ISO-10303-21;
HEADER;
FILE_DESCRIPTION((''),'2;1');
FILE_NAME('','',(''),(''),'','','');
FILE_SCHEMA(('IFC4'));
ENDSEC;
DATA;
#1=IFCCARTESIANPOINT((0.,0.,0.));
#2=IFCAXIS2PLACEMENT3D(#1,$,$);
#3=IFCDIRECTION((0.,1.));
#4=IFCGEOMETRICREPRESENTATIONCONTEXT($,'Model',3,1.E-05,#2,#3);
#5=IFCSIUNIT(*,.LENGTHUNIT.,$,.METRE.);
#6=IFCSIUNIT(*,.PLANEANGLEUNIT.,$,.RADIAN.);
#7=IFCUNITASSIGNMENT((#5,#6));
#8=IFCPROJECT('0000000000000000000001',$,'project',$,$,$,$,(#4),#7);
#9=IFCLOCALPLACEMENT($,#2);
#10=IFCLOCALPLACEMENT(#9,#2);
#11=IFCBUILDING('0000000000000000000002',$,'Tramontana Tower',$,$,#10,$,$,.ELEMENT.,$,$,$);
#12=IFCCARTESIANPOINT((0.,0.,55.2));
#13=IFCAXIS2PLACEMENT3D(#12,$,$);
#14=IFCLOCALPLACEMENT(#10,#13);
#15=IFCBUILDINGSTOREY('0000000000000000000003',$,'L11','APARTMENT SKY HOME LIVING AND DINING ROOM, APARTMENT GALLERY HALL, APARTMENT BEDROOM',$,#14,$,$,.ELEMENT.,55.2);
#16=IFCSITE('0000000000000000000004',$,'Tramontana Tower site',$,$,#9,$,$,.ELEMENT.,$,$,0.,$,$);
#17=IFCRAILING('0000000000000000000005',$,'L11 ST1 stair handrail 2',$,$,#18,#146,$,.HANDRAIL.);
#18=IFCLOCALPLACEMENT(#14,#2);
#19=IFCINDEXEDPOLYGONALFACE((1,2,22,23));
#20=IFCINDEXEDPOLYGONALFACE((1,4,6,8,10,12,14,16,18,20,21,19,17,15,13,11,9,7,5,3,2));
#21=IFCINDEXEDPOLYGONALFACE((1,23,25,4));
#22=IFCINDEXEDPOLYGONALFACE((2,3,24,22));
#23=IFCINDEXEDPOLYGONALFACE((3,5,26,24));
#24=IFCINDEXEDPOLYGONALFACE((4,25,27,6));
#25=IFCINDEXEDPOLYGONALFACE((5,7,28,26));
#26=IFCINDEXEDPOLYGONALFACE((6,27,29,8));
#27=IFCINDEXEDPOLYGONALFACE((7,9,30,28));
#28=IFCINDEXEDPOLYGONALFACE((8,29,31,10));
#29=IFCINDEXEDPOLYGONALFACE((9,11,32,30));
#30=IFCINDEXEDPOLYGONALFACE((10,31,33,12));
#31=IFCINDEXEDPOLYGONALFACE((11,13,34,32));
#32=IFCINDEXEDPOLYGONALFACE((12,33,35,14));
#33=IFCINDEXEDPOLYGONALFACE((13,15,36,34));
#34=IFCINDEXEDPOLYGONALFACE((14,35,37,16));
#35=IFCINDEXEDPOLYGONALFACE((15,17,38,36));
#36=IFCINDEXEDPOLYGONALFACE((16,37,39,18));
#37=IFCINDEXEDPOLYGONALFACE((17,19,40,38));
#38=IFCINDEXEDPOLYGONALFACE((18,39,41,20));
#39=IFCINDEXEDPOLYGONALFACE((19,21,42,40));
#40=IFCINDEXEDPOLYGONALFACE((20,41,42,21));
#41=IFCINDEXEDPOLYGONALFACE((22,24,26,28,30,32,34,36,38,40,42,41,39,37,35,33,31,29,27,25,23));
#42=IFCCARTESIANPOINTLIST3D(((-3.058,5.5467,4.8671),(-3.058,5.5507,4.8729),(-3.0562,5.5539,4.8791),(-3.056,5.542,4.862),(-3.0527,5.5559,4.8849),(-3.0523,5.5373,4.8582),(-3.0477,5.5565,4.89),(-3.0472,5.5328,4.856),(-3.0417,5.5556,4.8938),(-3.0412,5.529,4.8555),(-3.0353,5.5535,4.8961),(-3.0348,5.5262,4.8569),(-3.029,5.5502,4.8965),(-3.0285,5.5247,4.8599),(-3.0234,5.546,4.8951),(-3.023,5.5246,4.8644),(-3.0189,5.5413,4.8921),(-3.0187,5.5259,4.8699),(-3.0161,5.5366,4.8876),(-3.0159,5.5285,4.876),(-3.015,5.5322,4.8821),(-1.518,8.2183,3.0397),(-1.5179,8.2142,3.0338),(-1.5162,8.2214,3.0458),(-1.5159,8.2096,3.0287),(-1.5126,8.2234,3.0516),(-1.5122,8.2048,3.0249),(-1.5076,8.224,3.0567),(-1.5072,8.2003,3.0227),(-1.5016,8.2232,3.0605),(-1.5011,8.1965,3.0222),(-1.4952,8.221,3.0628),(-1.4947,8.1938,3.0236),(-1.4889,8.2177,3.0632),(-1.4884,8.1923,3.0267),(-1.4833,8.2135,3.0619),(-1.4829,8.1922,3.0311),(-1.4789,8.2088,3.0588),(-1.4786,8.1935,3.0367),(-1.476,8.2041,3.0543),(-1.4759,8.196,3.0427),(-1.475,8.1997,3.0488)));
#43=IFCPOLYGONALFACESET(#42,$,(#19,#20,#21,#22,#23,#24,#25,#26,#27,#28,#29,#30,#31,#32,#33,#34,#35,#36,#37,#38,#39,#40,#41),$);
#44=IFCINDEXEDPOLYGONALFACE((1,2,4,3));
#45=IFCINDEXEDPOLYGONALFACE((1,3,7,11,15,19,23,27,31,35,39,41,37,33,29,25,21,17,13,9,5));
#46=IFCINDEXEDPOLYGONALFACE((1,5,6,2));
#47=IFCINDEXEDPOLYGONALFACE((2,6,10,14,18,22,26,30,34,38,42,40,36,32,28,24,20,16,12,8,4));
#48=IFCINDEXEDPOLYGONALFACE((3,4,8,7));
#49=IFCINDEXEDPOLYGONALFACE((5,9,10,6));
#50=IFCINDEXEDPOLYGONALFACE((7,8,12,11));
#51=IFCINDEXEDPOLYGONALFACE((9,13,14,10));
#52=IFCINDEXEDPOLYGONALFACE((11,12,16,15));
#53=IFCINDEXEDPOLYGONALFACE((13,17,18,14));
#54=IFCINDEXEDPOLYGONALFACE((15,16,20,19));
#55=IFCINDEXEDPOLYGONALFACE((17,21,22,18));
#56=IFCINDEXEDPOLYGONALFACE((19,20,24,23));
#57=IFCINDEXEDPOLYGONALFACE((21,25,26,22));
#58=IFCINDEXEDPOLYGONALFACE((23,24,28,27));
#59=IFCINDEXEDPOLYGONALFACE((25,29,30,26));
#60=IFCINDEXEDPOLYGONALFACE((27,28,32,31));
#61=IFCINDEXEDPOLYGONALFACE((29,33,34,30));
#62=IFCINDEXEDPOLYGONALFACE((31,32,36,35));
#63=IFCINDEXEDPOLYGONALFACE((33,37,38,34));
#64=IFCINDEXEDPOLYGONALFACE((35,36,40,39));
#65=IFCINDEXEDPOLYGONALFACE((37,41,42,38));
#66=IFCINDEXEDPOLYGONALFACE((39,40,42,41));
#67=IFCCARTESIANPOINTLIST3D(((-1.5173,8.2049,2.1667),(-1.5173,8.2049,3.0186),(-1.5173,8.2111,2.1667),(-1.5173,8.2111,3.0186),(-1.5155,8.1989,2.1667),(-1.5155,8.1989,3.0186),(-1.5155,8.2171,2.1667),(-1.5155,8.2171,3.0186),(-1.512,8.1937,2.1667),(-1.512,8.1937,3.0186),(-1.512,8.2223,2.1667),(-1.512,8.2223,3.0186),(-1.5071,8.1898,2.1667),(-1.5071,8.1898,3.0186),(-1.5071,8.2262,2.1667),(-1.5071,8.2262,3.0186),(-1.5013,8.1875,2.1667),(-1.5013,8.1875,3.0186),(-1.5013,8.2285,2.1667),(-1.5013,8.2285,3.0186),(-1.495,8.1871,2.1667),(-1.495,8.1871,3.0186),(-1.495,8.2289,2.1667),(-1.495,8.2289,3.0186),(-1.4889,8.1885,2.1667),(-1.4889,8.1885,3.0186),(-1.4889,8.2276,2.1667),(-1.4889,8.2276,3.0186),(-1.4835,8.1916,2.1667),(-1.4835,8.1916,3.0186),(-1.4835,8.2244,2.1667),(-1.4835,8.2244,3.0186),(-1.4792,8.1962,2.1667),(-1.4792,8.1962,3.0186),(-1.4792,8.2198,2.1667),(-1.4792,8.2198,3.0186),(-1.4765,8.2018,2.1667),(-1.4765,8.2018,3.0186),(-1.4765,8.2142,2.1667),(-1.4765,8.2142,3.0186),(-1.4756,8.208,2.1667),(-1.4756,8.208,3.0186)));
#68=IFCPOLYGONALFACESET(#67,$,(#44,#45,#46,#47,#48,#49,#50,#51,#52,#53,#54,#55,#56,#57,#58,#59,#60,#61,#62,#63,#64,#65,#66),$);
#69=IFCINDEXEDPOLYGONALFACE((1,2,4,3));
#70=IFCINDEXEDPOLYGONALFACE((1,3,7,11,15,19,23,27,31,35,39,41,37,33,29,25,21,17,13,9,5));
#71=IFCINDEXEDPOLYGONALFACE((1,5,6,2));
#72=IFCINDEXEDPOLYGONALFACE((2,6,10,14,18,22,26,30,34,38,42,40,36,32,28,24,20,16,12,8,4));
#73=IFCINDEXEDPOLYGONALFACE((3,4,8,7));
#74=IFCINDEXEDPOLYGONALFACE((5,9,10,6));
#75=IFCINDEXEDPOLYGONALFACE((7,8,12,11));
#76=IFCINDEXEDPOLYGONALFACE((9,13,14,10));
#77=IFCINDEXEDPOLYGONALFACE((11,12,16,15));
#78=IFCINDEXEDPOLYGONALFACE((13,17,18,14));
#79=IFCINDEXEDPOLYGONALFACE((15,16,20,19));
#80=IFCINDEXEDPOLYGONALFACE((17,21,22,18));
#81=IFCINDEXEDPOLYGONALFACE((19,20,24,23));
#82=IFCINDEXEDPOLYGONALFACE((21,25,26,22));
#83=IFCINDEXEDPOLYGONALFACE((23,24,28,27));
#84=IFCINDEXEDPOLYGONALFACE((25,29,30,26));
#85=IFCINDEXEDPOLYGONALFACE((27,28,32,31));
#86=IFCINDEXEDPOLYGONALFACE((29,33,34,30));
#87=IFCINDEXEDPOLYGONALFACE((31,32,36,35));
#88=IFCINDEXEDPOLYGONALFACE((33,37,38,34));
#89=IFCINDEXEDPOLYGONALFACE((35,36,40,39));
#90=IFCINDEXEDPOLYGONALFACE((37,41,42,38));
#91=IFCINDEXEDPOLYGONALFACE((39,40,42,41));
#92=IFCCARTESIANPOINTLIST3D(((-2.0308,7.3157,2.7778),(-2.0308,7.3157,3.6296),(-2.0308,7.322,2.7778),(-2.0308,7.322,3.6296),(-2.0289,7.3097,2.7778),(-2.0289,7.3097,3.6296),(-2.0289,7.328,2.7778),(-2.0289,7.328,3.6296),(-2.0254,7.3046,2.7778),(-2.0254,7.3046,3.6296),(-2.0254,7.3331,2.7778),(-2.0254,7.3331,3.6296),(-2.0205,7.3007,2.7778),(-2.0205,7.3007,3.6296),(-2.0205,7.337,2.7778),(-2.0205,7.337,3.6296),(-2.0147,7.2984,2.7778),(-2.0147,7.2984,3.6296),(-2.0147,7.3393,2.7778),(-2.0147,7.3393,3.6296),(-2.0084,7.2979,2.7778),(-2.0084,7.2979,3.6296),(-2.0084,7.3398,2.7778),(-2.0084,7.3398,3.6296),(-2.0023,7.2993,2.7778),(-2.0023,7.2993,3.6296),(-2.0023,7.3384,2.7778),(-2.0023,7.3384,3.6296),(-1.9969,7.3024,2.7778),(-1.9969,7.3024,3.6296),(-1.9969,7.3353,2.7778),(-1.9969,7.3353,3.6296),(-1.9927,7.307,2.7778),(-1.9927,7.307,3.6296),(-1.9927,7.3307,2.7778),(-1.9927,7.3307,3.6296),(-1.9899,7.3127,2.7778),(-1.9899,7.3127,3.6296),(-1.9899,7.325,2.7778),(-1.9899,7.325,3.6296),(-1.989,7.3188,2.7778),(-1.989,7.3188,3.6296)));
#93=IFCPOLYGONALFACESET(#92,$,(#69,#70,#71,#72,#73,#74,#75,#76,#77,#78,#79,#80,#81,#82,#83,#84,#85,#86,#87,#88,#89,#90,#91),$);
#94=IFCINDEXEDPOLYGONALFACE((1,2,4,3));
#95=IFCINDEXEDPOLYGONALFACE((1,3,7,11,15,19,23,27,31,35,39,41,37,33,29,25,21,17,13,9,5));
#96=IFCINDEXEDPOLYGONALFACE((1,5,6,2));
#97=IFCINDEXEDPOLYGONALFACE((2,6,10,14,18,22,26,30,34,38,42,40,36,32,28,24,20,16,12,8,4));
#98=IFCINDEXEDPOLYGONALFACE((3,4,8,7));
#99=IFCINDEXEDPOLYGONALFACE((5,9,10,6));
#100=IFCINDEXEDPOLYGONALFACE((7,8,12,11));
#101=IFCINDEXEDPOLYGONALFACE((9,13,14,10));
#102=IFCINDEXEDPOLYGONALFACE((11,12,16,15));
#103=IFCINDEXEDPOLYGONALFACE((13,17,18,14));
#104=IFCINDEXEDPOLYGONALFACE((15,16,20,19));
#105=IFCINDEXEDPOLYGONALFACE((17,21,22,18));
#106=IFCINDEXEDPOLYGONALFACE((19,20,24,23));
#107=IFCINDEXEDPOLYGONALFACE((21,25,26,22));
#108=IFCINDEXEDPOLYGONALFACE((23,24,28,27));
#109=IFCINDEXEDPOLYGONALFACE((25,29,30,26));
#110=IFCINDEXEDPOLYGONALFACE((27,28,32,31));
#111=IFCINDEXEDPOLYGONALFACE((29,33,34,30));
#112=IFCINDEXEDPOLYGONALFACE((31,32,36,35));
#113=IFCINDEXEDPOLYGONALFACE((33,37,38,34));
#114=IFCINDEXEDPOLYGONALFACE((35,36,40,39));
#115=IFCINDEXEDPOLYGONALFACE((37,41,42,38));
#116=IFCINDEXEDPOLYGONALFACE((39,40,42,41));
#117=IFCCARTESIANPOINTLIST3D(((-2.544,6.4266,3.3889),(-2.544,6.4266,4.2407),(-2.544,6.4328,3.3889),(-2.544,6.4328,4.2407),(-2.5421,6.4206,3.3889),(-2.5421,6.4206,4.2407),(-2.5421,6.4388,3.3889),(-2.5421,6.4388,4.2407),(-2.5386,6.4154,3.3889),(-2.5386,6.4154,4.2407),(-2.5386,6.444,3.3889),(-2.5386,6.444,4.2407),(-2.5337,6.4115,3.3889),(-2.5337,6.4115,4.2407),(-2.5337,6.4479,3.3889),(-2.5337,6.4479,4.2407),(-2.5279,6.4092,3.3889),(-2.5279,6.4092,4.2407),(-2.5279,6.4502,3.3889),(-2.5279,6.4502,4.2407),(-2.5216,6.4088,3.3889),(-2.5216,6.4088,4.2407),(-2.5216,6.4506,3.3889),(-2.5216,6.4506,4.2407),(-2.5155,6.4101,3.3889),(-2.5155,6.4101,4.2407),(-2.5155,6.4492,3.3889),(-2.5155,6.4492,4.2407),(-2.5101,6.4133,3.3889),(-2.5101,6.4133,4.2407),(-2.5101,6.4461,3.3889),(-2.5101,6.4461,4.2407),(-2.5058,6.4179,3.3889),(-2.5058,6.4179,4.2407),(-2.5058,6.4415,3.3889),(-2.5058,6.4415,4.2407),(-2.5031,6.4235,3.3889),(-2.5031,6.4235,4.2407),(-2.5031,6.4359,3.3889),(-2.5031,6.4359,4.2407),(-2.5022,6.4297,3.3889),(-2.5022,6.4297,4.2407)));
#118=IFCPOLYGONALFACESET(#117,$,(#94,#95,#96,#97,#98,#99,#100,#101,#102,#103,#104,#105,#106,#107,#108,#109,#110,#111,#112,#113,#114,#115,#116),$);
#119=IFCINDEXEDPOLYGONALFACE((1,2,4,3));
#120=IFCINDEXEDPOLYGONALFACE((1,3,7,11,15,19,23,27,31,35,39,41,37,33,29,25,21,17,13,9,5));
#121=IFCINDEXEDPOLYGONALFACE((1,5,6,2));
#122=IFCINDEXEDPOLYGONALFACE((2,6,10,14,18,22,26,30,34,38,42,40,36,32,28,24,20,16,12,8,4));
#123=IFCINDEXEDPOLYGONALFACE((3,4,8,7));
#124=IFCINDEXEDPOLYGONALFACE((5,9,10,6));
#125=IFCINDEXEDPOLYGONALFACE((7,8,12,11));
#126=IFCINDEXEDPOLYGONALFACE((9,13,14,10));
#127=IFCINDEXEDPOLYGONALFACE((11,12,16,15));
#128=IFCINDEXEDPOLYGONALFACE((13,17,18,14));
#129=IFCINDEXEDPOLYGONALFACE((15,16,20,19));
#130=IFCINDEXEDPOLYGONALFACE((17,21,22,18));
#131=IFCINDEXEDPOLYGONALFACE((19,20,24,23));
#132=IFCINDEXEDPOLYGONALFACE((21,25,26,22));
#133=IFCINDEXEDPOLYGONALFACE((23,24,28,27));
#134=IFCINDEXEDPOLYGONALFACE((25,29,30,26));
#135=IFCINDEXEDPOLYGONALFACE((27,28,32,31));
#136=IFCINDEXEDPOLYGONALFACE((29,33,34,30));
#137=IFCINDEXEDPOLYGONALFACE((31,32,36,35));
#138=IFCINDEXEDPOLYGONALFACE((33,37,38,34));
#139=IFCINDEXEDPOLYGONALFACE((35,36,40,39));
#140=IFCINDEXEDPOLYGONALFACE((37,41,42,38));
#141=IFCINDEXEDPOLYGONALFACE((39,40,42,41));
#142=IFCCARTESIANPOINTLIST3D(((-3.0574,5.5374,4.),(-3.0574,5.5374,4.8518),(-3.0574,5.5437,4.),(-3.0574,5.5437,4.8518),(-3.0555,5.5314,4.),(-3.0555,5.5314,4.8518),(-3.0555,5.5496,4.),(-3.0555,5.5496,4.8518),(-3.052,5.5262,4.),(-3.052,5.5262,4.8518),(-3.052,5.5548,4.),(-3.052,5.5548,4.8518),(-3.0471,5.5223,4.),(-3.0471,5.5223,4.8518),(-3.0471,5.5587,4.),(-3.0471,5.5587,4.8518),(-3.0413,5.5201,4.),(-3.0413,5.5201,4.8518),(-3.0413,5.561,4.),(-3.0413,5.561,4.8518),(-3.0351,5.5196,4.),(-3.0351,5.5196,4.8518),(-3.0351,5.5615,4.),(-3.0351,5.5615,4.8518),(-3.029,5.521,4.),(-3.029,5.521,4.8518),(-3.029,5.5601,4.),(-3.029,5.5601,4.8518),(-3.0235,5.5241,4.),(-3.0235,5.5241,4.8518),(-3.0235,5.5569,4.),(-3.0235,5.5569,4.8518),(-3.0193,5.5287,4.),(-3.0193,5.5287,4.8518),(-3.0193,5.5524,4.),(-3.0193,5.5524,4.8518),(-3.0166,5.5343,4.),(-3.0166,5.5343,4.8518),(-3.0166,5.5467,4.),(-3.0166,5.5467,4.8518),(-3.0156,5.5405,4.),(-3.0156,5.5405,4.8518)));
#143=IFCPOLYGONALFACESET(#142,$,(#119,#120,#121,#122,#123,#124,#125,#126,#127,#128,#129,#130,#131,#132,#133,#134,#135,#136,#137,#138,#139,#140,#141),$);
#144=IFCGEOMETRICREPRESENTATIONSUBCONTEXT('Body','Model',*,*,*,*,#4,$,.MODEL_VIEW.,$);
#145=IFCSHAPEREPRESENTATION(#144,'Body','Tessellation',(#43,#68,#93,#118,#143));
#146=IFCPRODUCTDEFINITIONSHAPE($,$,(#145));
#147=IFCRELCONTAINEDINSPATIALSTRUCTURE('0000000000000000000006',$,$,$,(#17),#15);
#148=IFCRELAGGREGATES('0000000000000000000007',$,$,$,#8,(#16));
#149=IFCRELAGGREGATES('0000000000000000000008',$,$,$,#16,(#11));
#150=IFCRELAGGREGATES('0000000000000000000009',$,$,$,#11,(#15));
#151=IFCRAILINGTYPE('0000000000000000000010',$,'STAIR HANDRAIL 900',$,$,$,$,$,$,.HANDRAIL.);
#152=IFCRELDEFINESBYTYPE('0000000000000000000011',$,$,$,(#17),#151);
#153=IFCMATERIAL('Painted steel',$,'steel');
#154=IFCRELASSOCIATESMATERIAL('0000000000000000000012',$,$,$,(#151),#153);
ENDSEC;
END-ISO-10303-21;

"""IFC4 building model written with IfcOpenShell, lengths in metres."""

from ifc_helpers import new_model, si_unit, direction, frame, origin, origin_2d, place, context, subcontext, project, spatial, circle, extrude, material, type_object, element, save


model = new_model("IFC4")

# Units and contexts
model_context = context("Model", 3, precision=1e-05, world=origin(), true_north=direction((0.0, 1.0)))
body_context = subcontext(model_context, "Body", "Model", "MODEL_VIEW")
ifc_project = project(units=[si_unit("LENGTHUNIT", "METRE"), si_unit("PLANEANGLEUNIT", "RADIAN")], contexts=[model_context])

# Site, building, storey
site_placement = place(None, origin())
site = spatial("IfcSite", under=ifc_project, at=site_placement, Name="Tramontana Tower site", CompositionType="ELEMENT", RefElevation=0.0)
building_placement = place(site_placement, origin())
building = spatial("IfcBuilding", under=site, at=building_placement, Name="Tramontana Tower", CompositionType="ELEMENT")
storey_placement = place(building_placement, frame((0.0, 0.0, 55.2)))
storey = spatial("IfcBuildingStorey", under=building, at=storey_placement, Name="L11", Description="APARTMENT SKY HOME LIVING AND DINING ROOM, APARTMENT GALLERY HALL, APARTMENT BEDROOM", CompositionType="ELEMENT", Elevation=55.2)

# Railing
ifc_material_1 = material(Name="Painted steel", Category="steel")
railing_type_1 = type_object("IfcRailingType", Name="STAIR HANDRAIL 900", PredefinedType="HANDRAIL", material=ifc_material_1)
railing_1_placement = place(storey_placement, frame((-1.4966, 8.208, 2.1667)))
element("IfcRailing", 1, at=railing_1_placement, inside=storey, type_object=railing_type_1, Name="L11 ST1 stair handrail 2", PredefinedType="HANDRAIL", context=body_context, shape_type="SweptSolid", body=[
    extrude(circle(Radius=0.0239, at=origin_2d()), frame((0.0, 0.0, 0.876), z_axis=(-0.429649, -0.74419, 0.511452), x_axis=(0.86603, -0.499992, 0.0)), (0.0, 0.0, 1.0), 3.5845),
    extrude(circle(Radius=0.021, at=origin_2d()), origin(), (0.0, 0.0, 1.0), 0.8518),
    extrude(circle(Radius=0.021, at=origin_2d()), frame((-0.5134, -0.8892, 0.6111)), (0.0, 0.0, 1.0), 0.8518),
    extrude(circle(Radius=0.021, at=origin_2d()), frame((-1.0266, -1.7783, 1.2222)), (0.0, 0.0, 1.0), 0.8518),
    extrude(circle(Radius=0.021, at=origin_2d()), frame((-1.54, -2.6675, 1.8333)), (0.0, 0.0, 1.0), 0.8518),
])

save(model, "model.ifc")
